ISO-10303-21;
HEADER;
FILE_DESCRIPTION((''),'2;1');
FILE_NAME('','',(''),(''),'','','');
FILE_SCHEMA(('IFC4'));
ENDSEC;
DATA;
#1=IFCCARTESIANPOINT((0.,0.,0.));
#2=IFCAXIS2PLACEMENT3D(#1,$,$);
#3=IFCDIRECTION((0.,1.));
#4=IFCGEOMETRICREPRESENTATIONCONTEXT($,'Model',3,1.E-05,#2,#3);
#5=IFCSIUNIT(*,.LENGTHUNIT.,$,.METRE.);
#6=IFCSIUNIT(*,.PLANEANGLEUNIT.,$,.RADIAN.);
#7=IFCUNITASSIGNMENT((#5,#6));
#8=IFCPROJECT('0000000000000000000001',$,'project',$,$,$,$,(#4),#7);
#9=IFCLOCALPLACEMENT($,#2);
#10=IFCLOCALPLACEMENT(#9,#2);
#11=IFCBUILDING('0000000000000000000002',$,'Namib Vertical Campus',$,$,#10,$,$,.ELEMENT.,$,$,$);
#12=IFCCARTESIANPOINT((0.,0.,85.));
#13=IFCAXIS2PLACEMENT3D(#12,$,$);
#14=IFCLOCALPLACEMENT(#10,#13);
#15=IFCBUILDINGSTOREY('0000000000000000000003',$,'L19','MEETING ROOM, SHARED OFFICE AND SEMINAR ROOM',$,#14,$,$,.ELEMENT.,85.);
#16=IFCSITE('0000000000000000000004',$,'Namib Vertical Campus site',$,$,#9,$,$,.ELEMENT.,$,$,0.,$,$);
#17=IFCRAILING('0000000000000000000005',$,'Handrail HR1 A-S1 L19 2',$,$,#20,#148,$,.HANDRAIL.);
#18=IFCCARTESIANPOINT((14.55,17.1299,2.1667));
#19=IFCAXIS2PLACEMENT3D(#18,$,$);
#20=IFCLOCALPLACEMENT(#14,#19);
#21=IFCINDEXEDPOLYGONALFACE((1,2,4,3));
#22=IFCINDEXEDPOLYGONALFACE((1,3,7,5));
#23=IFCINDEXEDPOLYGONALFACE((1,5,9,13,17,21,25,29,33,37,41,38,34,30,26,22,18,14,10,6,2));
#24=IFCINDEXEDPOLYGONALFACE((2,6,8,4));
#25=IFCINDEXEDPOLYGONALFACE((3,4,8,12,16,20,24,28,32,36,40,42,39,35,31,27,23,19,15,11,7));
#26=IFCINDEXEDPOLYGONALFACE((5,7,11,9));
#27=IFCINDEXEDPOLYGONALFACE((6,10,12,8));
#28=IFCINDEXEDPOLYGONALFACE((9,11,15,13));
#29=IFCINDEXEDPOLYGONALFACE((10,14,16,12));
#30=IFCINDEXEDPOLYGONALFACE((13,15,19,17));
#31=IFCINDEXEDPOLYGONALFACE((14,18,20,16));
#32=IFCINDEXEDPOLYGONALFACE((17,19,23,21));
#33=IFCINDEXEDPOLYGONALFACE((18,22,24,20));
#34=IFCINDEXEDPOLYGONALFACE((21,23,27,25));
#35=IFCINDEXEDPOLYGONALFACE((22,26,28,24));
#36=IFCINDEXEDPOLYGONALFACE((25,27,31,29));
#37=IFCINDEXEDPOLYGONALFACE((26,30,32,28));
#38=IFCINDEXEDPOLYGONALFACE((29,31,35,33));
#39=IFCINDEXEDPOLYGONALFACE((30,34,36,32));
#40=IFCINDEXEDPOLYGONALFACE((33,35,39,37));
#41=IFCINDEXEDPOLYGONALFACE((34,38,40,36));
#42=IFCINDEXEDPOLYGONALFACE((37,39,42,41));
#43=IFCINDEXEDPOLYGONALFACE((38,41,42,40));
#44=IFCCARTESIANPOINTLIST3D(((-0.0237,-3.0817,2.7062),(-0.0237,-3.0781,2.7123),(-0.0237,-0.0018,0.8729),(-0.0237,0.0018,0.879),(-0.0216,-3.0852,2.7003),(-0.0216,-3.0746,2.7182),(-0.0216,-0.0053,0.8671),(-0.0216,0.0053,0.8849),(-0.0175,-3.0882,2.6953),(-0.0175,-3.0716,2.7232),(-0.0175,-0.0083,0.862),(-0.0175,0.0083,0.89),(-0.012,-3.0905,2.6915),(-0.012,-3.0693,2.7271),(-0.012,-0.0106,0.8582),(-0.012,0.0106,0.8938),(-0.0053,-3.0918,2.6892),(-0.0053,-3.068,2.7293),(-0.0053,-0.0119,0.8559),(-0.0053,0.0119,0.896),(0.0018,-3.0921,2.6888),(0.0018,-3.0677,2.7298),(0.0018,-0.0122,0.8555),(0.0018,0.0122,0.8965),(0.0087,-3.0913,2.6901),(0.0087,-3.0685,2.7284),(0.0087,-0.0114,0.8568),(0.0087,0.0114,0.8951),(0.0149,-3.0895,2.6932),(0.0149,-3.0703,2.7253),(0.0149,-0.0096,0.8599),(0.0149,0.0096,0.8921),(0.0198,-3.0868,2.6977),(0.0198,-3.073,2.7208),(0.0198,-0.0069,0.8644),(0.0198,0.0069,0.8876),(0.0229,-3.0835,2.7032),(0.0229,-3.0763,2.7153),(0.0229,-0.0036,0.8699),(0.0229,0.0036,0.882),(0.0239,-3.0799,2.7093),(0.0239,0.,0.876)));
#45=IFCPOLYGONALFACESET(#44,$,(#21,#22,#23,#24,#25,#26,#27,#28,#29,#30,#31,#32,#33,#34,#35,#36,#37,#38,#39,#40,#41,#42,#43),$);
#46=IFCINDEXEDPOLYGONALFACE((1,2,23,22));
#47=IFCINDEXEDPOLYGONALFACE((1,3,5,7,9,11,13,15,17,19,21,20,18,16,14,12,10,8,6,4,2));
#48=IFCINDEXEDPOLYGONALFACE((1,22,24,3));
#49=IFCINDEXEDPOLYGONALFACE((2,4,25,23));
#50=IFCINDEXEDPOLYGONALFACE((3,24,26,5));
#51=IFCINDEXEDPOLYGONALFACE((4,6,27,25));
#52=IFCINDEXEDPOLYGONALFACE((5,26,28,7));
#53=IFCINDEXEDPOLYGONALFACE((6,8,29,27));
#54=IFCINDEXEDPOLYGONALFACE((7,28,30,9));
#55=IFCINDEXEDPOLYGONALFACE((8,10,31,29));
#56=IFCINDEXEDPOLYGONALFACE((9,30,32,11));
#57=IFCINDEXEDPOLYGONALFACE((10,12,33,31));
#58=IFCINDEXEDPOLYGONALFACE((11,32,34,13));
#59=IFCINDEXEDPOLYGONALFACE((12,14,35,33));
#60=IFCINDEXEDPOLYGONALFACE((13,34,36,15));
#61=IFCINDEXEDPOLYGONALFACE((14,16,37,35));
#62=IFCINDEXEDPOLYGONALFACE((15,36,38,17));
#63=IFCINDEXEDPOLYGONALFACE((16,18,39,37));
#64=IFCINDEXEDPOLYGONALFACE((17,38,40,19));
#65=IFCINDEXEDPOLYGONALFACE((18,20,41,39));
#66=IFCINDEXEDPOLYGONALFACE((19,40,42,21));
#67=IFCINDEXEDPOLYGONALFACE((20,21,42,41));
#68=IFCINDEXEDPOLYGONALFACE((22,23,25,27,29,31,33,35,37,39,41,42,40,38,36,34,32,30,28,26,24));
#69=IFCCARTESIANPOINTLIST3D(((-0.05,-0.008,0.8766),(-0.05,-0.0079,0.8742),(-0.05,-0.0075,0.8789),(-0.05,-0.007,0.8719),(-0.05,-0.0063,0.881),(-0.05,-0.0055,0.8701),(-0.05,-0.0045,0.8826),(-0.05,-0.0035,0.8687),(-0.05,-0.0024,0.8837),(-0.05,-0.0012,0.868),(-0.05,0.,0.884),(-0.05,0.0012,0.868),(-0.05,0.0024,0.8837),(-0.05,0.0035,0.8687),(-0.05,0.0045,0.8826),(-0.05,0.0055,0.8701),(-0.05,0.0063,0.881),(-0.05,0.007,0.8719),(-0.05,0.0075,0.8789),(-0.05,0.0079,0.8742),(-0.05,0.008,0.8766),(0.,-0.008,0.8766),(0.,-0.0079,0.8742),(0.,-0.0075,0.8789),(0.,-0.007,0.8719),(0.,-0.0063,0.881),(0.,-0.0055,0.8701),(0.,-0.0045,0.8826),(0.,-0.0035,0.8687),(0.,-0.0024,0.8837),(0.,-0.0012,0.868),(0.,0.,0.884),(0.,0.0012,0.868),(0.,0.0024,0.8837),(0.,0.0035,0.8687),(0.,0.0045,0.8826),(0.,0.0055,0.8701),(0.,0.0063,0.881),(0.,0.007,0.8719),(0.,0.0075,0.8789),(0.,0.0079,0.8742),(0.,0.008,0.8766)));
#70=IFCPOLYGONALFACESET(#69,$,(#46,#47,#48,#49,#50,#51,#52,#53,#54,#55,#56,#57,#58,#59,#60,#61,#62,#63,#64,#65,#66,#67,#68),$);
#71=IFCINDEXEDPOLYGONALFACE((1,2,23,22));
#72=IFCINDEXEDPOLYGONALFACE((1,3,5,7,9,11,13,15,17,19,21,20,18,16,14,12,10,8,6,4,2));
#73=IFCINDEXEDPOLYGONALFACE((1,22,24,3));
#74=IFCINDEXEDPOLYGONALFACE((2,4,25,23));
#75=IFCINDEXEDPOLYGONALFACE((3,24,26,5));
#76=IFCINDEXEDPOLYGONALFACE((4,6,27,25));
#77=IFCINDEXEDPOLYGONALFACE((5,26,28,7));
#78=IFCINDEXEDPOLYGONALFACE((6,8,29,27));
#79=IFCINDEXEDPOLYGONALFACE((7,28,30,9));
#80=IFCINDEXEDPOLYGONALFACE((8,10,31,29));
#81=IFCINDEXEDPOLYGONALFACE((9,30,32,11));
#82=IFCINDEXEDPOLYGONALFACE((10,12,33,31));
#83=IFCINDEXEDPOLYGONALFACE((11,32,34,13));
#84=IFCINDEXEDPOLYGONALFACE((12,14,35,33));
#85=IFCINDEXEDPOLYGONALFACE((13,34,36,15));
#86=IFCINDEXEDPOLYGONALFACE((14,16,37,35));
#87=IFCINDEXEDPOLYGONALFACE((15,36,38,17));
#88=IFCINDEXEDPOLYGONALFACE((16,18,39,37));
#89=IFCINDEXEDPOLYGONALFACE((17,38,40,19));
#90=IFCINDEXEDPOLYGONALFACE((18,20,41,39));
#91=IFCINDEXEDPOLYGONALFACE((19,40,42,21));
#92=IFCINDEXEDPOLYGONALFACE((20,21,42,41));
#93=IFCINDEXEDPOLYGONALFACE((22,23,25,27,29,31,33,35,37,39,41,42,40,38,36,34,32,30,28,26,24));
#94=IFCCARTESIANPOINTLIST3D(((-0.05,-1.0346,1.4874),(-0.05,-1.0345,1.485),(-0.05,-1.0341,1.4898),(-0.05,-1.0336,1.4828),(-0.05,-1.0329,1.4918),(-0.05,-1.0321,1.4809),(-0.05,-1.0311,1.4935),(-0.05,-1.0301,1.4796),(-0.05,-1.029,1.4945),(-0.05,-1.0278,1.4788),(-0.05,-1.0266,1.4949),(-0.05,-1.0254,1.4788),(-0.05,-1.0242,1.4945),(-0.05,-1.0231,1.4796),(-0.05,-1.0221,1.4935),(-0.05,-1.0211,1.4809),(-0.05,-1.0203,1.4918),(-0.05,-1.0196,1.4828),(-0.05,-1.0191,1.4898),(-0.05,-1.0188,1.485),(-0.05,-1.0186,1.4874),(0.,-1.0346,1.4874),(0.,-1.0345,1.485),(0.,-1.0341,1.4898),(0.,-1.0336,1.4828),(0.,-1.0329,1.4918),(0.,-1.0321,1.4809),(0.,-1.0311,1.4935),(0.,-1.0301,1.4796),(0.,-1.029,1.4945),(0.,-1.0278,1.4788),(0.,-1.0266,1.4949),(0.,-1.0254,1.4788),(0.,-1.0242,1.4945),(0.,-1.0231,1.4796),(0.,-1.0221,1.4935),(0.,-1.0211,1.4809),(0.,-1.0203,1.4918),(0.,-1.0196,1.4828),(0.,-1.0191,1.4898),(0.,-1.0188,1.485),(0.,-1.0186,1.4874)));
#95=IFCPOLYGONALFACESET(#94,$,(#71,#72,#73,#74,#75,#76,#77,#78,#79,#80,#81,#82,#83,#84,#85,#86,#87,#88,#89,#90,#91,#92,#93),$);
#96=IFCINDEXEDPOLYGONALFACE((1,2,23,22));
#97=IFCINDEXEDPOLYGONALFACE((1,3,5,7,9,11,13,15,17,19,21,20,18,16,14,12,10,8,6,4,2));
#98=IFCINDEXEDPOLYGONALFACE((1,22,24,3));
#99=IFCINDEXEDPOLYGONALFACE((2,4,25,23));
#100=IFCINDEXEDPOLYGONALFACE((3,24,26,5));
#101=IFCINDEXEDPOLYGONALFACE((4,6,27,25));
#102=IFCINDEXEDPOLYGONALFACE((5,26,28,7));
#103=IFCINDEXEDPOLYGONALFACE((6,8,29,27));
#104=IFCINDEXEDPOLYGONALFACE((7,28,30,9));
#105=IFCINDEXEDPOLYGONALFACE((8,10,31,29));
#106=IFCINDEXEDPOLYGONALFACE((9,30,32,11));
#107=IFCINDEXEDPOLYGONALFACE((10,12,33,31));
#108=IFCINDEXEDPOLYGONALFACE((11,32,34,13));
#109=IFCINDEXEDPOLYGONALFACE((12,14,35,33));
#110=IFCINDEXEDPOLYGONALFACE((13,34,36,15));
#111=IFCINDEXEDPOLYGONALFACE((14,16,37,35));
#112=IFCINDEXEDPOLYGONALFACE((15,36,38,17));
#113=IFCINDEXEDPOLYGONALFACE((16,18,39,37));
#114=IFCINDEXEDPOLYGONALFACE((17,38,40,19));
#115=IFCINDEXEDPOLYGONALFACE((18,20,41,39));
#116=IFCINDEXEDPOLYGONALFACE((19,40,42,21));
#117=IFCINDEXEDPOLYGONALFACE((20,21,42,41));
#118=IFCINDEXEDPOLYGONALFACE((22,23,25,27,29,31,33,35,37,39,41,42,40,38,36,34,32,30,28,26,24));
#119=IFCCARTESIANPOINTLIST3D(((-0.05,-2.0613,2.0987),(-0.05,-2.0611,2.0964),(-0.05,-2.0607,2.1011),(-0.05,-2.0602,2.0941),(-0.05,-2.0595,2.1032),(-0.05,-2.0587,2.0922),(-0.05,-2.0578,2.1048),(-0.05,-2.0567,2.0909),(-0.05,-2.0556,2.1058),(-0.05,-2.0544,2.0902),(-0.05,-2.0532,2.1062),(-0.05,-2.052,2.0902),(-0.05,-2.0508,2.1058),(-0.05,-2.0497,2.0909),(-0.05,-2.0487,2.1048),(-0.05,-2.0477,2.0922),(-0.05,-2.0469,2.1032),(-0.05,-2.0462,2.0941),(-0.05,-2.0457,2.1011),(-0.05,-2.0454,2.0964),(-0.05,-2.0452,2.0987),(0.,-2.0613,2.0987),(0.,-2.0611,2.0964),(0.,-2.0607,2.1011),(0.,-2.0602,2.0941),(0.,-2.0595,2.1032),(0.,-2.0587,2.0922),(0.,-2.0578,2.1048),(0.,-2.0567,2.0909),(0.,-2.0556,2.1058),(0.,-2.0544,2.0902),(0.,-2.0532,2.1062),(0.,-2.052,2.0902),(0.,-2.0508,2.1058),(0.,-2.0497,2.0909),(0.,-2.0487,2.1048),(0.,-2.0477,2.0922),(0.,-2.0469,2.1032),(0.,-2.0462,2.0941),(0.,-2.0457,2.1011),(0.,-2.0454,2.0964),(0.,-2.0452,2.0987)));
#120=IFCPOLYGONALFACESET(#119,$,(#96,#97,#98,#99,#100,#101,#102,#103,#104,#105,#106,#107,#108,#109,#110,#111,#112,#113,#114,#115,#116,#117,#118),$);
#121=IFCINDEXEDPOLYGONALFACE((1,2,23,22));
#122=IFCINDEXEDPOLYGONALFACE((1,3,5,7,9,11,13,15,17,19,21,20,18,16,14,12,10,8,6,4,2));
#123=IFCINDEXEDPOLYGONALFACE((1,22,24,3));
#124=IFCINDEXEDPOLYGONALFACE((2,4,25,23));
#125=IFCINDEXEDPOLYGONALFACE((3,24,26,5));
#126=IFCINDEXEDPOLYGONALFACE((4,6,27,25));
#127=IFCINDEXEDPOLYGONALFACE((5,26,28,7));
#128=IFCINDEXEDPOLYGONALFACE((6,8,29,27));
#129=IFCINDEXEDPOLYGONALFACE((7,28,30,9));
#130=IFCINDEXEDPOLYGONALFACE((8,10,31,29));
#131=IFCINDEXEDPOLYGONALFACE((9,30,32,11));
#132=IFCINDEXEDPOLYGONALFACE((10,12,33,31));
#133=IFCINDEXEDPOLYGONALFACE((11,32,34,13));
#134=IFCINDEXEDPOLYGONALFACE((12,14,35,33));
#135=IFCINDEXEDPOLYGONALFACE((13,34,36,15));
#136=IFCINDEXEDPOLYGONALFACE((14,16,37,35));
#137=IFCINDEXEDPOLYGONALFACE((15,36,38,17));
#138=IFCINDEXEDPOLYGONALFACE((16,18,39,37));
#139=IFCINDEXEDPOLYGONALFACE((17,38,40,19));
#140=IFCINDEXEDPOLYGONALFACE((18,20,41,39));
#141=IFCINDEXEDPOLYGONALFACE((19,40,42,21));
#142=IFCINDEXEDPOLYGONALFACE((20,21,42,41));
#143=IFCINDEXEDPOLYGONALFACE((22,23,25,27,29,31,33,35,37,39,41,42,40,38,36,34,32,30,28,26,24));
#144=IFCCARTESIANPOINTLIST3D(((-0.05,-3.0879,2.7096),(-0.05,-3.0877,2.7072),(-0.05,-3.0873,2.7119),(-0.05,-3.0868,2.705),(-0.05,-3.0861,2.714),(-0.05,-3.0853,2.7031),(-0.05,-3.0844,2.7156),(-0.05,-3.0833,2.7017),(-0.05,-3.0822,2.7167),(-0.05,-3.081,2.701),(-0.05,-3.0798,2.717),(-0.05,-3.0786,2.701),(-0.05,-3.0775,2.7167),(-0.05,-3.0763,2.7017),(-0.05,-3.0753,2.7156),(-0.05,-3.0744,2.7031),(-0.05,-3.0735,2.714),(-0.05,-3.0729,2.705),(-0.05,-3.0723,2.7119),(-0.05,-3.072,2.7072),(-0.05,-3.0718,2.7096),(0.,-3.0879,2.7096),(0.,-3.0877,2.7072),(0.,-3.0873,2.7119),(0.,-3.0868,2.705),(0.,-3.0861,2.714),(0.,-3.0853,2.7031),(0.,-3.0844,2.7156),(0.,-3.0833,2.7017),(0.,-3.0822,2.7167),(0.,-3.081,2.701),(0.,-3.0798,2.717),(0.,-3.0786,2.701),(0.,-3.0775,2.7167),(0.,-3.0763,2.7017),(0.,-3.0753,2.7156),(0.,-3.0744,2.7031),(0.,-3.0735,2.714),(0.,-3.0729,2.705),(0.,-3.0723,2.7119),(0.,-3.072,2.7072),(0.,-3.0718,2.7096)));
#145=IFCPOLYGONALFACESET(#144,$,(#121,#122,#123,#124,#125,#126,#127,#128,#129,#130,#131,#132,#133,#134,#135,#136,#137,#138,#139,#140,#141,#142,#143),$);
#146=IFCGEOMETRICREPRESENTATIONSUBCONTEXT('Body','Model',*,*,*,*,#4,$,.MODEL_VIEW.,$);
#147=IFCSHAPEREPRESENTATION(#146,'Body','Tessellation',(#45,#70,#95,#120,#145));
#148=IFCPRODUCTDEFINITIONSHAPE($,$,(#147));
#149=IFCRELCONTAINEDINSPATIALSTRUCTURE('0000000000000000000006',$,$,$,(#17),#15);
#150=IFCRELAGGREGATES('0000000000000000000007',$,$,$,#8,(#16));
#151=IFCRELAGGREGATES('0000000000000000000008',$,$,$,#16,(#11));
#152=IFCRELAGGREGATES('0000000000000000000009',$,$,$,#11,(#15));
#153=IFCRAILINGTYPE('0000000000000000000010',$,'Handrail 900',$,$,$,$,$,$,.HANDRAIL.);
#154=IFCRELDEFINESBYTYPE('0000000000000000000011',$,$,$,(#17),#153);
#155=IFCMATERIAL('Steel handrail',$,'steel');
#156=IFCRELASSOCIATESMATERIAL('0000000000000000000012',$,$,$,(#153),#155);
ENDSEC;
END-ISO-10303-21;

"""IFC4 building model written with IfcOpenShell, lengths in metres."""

from ifc_helpers import new_model, si_unit, direction, frame, origin, origin_2d, place, context, subcontext, project, spatial, circle, extrude, material, type_object, element, save


model = new_model("IFC4")

# Units and contexts
model_context = context("Model", 3, precision=1e-05, world=origin(), true_north=direction((0.0, 1.0)))
body_context = subcontext(model_context, "Body", "Model", "MODEL_VIEW")
ifc_project = project(units=[si_unit("LENGTHUNIT", "METRE"), si_unit("PLANEANGLEUNIT", "RADIAN")], contexts=[model_context])

# Site, building, storey
site_placement = place(None, origin())
site = spatial("IfcSite", under=ifc_project, at=site_placement, Name="Namib Vertical Campus site", CompositionType="ELEMENT", RefElevation=0.0)
building_placement = place(site_placement, origin())
building = spatial("IfcBuilding", under=site, at=building_placement, Name="Namib Vertical Campus", CompositionType="ELEMENT")
storey_placement = place(building_placement, frame((0.0, 0.0, 85.0)))
storey = spatial("IfcBuildingStorey", under=building, at=storey_placement, Name="L19", Description="MEETING ROOM, SHARED OFFICE AND SEMINAR ROOM", CompositionType="ELEMENT", Elevation=85.0)

# Railing
ifc_material_1 = material(Name="Steel handrail", Category="steel")
railing_type_1 = type_object("IfcRailingType", Name="Handrail 900", PredefinedType="HANDRAIL", material=ifc_material_1)
railing_1_placement = place(storey_placement, frame((14.55, 17.1299, 2.1667)))
element("IfcRailing", 1, at=railing_1_placement, inside=storey, type_object=railing_type_1, Name="Handrail HR1 A-S1 L19 2", PredefinedType="HANDRAIL", context=body_context, shape_type="SweptSolid", body=[
    extrude(circle(Radius=0.0239, at=origin_2d()), frame((0.0, 0.0, 0.876), z_axis=(0.0, -0.859291, 0.511487), x_axis=(1.0, 0.0, 0.0)), (0.0, 0.0, 1.0), 3.5842),
    extrude(circle(Radius=0.0081, at=origin_2d()), frame((0.0, 0.0, 0.876), z_axis=(-1.0, 0.0, 0.0), x_axis=(0.0, 0.0, 1.0)), (0.0, 0.0, 1.0), 0.05),
    extrude(circle(Radius=0.0081, at=origin_2d()), frame((0.0, -1.0266, 1.4868), z_axis=(-1.0, 0.0, 0.0), x_axis=(0.0, 0.0, 1.0)), (0.0, 0.0, 1.0), 0.05),
    extrude(circle(Radius=0.0081, at=origin_2d()), frame((0.0, -2.0532, 2.0981), z_axis=(-1.0, 0.0, 0.0), x_axis=(0.0, 0.0, 1.0)), (0.0, 0.0, 1.0), 0.05),
    extrude(circle(Radius=0.0081, at=origin_2d()), frame((0.0, -3.0798, 2.709), z_axis=(-1.0, 0.0, 0.0), x_axis=(0.0, 0.0, 1.0)), (0.0, 0.0, 1.0), 0.05),
])

save(model, "model.ifc")
